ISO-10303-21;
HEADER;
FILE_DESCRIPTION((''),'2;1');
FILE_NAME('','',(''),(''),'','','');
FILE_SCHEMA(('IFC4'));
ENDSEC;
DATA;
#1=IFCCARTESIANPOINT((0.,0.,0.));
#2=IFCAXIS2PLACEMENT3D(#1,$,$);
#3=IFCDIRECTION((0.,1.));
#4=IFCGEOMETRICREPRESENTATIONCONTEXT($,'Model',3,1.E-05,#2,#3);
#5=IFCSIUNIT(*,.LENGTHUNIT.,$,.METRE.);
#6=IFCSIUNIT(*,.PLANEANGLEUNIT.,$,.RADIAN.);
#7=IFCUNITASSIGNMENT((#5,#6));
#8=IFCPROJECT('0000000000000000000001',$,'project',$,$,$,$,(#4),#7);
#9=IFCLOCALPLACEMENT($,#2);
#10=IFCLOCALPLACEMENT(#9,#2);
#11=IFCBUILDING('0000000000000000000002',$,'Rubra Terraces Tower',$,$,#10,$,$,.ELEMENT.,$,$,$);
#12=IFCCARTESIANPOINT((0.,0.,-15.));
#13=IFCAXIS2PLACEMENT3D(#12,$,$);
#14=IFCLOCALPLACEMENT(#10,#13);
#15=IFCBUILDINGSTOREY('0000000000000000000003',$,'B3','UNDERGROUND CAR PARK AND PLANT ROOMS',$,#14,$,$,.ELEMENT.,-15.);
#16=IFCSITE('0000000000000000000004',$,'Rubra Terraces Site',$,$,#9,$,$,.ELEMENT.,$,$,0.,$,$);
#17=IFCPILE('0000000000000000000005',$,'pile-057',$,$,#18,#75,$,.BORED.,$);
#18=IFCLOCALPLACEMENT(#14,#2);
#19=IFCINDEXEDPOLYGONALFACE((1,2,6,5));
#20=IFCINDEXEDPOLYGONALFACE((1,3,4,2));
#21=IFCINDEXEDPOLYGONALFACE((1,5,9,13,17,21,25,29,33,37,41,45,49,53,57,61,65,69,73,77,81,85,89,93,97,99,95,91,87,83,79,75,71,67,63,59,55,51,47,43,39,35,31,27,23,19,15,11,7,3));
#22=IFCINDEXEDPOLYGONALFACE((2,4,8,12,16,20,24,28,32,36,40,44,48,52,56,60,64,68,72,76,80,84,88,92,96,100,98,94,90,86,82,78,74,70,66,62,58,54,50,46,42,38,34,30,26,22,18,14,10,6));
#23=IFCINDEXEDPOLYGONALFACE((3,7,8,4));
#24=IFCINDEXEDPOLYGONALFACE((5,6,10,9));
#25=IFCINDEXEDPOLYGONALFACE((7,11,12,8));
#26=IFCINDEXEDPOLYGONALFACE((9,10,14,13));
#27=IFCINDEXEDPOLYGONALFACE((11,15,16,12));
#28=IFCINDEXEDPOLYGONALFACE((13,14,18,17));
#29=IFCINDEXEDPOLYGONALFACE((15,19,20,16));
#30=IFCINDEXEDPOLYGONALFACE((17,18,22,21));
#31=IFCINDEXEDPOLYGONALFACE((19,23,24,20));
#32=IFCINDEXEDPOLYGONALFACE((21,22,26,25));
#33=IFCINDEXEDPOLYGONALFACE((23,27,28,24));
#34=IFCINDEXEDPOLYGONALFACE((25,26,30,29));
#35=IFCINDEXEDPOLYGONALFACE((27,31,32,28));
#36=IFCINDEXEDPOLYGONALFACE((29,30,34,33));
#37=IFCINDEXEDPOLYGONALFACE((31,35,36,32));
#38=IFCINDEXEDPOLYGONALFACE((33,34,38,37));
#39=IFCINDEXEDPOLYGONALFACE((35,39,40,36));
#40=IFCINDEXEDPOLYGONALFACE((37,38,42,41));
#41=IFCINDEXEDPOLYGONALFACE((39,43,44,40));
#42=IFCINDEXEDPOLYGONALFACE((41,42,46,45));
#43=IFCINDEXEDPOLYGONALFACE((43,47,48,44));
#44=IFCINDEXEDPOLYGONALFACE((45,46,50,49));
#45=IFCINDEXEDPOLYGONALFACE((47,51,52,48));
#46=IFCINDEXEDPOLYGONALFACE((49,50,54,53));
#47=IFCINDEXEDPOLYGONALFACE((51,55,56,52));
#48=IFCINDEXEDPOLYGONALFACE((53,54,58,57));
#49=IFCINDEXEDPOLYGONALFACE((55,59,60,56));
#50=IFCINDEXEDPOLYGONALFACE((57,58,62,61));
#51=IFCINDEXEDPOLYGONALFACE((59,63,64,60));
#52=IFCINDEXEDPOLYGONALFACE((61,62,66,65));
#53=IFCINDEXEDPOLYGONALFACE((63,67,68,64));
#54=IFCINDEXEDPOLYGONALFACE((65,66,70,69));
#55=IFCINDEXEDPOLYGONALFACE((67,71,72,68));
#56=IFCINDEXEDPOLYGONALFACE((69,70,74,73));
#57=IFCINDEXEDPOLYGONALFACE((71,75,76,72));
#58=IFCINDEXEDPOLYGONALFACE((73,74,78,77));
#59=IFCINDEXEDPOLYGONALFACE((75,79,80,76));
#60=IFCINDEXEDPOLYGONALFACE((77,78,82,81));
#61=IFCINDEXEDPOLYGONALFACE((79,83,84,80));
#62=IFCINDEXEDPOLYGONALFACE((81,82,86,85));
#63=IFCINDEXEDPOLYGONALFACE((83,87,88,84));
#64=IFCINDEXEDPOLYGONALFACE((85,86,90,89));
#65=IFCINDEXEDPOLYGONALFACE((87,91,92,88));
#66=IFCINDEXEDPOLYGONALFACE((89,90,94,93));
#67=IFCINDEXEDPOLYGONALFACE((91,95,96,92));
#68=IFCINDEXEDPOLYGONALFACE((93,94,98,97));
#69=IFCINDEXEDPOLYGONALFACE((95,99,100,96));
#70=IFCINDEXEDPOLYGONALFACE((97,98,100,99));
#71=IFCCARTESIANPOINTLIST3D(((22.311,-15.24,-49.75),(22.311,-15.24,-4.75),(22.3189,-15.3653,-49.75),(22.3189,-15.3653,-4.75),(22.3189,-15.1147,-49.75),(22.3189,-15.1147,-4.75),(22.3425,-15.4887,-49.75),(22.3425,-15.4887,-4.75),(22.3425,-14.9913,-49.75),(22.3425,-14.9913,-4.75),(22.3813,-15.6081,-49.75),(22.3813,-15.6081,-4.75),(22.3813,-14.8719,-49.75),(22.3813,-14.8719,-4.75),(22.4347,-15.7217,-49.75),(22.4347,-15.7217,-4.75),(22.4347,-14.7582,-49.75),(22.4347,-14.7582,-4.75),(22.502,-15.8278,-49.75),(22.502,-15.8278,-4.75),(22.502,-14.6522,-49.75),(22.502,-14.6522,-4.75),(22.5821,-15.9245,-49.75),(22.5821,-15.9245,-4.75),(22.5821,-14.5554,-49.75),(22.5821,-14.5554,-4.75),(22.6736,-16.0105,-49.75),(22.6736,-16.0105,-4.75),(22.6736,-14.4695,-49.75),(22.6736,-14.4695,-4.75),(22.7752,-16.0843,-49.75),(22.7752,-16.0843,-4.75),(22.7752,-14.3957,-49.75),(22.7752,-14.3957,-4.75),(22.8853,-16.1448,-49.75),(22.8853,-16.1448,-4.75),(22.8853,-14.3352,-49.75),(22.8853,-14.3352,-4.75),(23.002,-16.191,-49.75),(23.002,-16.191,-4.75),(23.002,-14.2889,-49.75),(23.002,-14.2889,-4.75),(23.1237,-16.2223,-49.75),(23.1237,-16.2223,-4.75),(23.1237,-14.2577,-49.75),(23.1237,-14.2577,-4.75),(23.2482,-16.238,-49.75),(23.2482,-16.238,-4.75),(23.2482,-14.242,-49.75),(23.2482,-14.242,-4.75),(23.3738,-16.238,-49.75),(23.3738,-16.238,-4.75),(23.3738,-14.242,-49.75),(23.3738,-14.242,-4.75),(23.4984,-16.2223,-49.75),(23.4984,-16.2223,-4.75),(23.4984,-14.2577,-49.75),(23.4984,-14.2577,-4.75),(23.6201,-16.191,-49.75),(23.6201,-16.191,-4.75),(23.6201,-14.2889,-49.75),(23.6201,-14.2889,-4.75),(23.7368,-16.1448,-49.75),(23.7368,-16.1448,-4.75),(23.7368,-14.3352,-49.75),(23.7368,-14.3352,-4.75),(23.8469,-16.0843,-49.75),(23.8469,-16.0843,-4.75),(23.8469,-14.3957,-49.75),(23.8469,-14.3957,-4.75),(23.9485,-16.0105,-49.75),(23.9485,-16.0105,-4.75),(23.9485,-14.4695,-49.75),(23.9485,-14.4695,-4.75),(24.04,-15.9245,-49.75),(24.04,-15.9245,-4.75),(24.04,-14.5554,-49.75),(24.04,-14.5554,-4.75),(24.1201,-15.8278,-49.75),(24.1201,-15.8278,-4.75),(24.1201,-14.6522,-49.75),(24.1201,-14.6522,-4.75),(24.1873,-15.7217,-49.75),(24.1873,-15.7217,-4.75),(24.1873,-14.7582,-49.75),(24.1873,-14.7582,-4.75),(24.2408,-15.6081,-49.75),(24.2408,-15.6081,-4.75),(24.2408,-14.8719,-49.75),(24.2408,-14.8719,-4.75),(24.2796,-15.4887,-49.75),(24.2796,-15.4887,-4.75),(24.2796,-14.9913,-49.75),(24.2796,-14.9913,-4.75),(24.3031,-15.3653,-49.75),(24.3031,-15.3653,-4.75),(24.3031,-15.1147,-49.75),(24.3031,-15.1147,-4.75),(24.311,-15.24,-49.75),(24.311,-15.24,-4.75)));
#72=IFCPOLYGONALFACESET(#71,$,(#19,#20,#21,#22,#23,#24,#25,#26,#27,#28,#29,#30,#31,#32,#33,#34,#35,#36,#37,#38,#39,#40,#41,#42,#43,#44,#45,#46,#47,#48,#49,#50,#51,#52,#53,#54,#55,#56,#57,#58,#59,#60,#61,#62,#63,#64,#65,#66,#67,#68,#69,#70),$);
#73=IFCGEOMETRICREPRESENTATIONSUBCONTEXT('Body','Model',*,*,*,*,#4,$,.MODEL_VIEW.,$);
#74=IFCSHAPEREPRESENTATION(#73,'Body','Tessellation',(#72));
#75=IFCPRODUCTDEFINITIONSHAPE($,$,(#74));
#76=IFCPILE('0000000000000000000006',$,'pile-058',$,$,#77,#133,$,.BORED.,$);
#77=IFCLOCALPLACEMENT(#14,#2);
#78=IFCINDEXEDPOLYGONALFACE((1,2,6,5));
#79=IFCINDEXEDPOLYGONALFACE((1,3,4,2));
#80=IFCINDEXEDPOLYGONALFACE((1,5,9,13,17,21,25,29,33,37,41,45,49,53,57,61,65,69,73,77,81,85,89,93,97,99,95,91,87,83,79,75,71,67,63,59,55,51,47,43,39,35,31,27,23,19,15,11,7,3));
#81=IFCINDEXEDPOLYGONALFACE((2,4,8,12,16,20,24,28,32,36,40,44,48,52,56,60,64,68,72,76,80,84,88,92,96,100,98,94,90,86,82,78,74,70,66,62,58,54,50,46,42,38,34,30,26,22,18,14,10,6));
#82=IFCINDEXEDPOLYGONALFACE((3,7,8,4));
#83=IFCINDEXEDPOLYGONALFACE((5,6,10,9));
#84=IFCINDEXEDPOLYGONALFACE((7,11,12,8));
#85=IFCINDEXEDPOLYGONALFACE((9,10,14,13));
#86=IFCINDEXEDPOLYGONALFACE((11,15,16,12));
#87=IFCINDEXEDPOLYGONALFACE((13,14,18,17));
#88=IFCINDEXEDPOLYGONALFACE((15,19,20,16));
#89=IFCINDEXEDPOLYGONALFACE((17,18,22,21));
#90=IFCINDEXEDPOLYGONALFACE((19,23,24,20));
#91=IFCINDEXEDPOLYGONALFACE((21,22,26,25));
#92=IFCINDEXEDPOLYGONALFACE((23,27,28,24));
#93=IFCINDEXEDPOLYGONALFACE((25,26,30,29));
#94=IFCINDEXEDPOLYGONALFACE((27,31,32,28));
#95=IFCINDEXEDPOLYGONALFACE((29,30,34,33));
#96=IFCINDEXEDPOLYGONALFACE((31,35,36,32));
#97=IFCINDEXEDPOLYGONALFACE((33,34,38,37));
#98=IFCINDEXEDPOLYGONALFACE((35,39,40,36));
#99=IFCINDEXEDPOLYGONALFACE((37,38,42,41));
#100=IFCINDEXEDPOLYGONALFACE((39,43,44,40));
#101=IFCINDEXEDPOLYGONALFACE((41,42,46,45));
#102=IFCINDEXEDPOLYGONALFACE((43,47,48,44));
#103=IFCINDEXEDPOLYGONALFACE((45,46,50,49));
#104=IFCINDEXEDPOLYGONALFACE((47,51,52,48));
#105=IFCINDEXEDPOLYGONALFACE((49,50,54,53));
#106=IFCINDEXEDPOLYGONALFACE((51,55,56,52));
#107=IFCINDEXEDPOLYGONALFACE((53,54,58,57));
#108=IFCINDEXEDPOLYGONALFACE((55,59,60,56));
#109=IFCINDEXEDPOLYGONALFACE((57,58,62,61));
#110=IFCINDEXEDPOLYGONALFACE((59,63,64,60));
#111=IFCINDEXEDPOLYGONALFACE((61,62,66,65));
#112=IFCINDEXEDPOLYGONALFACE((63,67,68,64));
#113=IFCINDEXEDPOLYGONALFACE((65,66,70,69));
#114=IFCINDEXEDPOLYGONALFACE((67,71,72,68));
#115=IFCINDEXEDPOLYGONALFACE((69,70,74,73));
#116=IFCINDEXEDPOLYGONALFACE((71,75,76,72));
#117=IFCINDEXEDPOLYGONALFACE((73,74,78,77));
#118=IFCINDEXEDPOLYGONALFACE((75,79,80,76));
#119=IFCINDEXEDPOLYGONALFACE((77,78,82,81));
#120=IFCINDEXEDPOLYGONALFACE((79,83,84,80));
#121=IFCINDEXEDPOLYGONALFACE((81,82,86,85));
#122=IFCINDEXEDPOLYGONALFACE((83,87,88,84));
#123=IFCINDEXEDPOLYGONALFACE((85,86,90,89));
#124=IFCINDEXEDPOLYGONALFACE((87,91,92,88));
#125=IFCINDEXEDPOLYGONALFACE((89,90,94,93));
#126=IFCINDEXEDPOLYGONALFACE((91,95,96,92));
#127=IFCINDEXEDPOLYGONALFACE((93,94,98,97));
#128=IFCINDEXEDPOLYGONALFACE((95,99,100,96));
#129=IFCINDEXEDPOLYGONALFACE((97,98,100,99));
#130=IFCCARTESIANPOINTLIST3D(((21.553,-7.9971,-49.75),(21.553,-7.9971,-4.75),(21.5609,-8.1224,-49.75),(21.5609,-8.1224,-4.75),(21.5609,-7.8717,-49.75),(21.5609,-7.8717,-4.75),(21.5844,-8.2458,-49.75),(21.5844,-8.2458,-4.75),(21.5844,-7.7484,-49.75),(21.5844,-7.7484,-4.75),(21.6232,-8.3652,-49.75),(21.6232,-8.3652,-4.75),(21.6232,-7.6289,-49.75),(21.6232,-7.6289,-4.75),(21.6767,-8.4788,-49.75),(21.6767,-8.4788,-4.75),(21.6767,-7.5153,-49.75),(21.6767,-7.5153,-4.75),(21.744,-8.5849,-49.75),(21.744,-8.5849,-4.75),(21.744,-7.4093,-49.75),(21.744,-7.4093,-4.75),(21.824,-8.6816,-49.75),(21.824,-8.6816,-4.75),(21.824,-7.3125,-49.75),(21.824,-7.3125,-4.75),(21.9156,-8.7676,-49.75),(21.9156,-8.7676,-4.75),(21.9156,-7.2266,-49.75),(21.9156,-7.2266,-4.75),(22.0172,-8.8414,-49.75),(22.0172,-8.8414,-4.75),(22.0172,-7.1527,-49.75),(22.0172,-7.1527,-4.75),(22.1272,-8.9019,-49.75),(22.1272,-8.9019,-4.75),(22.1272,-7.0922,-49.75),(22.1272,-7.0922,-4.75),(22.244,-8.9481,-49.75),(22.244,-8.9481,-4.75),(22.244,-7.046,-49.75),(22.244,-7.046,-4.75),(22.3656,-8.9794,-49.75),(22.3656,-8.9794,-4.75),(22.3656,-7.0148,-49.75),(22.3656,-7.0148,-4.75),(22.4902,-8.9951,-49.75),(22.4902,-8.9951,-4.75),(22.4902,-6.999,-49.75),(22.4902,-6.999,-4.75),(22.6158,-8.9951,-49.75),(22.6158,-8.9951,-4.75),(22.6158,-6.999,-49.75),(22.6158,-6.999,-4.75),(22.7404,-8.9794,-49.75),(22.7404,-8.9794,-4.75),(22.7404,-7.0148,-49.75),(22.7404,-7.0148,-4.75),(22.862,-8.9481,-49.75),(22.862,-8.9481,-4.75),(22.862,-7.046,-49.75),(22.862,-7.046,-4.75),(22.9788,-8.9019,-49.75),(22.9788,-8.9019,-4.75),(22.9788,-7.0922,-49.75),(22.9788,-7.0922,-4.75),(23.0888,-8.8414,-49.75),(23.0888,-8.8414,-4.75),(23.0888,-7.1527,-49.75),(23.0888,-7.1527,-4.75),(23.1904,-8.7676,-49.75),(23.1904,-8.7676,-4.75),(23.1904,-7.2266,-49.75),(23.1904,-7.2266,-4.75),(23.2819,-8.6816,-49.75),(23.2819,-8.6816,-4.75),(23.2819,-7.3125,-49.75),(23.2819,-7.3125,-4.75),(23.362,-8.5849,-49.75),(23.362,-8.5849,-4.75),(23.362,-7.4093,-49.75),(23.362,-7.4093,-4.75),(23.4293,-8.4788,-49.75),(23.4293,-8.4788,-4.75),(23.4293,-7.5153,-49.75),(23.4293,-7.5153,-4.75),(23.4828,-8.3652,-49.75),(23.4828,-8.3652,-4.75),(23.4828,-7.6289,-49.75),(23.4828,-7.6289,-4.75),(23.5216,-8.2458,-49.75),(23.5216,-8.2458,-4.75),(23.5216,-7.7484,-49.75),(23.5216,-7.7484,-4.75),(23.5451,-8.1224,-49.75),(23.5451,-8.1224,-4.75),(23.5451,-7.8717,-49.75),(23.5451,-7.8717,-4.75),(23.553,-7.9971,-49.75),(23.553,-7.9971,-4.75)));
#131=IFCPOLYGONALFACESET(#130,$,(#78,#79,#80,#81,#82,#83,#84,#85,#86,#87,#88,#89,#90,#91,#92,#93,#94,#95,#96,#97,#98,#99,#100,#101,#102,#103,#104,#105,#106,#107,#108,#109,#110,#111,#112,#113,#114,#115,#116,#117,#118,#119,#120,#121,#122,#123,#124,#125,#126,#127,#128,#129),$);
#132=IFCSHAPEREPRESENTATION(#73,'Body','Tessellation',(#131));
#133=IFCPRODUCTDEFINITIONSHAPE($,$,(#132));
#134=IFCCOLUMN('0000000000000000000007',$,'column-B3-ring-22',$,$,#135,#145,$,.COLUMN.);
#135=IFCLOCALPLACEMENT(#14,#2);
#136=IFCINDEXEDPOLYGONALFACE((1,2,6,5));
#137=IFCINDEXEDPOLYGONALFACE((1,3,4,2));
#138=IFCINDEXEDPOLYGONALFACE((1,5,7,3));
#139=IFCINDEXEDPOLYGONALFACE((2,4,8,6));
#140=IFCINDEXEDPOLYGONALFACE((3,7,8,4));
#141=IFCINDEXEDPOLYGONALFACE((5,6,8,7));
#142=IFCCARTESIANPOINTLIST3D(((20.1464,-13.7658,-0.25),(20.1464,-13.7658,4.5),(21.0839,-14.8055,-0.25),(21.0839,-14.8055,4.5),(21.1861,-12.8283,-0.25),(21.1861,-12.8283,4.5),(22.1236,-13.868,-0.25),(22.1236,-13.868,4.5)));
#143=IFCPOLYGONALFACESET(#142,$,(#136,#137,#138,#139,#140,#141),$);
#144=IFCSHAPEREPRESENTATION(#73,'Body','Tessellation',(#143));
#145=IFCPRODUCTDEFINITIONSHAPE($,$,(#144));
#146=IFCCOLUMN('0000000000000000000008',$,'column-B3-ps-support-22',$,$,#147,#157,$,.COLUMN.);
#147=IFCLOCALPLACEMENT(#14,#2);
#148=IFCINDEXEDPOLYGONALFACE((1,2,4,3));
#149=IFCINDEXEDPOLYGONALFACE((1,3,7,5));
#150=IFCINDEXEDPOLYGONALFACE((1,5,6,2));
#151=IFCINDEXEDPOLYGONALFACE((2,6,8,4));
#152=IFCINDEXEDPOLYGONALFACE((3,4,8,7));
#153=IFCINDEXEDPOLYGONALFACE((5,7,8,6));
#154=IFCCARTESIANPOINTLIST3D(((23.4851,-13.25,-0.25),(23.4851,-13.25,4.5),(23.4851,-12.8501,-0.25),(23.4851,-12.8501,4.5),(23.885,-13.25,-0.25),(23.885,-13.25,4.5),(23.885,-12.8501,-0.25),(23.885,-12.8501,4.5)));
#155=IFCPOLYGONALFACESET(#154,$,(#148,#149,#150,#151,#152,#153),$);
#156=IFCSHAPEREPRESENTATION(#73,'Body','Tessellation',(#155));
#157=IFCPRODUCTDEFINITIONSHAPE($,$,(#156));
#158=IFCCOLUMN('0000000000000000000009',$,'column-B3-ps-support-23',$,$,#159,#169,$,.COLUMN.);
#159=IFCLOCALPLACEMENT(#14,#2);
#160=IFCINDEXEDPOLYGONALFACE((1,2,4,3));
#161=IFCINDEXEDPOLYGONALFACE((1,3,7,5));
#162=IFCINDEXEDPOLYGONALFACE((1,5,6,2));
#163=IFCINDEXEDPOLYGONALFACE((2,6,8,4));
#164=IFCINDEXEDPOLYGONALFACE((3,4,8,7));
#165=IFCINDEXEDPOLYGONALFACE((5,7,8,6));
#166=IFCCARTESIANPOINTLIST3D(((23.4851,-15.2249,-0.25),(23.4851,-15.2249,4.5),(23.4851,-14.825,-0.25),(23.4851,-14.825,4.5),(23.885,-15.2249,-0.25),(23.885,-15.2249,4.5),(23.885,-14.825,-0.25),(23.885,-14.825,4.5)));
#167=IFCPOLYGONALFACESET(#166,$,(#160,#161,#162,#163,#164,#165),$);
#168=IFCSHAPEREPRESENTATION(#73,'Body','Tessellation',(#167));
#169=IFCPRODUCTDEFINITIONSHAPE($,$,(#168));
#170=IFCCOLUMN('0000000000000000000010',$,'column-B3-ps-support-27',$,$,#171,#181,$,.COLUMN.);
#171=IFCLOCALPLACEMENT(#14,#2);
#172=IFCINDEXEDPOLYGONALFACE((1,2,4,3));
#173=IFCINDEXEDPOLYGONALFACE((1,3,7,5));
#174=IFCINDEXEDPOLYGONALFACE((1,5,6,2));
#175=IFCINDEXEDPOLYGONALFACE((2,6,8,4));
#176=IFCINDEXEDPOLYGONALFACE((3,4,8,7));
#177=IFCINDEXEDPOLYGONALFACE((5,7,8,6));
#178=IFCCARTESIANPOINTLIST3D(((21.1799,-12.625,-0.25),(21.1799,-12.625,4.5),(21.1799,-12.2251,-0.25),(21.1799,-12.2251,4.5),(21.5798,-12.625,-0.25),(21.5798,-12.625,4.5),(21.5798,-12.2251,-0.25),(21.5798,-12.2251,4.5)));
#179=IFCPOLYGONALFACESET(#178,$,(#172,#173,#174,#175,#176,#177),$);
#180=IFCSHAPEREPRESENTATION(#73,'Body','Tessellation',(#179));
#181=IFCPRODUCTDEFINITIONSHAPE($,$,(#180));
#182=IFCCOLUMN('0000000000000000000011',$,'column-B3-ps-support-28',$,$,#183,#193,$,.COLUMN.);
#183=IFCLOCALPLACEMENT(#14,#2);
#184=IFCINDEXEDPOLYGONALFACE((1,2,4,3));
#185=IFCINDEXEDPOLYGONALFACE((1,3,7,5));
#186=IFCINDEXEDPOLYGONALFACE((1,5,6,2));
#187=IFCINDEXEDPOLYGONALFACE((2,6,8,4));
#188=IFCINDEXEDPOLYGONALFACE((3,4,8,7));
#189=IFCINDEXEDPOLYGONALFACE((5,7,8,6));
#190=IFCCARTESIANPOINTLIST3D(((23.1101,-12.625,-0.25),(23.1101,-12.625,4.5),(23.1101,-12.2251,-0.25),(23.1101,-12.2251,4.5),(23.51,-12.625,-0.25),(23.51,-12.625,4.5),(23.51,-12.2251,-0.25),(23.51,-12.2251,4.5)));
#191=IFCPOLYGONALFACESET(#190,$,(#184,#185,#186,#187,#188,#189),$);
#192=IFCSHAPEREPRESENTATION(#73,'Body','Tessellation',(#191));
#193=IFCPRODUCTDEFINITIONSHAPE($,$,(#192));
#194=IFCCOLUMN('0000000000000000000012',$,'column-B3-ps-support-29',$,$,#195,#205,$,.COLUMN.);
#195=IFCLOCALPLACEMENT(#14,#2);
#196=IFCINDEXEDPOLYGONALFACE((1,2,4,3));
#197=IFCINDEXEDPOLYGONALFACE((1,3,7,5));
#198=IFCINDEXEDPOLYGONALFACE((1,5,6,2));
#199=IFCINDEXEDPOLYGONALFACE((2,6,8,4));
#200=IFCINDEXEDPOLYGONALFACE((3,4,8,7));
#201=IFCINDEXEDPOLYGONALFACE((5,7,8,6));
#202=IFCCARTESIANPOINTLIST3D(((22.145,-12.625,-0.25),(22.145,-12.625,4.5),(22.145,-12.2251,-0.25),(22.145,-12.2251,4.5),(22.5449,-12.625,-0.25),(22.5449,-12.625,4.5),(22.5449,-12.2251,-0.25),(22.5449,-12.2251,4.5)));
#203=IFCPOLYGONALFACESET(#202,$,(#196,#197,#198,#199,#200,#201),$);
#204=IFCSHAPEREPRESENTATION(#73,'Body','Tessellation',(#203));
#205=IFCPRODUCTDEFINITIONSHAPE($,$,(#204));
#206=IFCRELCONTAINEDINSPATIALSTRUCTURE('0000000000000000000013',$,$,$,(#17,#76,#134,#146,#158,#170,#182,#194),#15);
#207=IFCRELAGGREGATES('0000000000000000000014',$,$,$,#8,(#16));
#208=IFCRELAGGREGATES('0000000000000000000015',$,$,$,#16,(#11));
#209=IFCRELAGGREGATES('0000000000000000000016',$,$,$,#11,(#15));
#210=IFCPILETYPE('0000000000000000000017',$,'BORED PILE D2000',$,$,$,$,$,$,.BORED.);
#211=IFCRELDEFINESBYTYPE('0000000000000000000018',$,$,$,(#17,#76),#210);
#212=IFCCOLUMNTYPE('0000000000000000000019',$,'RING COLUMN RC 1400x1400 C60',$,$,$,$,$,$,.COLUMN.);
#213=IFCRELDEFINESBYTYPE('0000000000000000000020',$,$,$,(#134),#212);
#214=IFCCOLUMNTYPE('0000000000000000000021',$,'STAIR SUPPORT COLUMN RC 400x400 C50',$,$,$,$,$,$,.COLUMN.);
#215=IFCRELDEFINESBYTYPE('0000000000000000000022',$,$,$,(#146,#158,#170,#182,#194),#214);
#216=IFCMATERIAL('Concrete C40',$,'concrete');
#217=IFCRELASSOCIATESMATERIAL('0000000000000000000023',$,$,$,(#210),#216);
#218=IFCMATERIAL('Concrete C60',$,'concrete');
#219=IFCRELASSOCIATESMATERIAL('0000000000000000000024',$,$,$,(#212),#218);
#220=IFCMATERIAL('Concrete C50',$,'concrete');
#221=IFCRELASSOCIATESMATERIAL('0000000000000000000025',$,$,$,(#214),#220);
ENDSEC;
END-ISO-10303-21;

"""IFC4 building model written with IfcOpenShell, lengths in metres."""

from ifc_helpers import new_model, si_unit, direction, frame, origin, origin_2d, place, context, subcontext, project, spatial, rectangle, circle, extrude, material, material_profile, profile_set, type_object, element, save


model = new_model("IFC4")

# Units and contexts
model_context = context("Model", 3, precision=1e-05, world=origin(), true_north=direction((0.0, 1.0)))
body_context = subcontext(model_context, "Body", "Model", "MODEL_VIEW")
ifc_project = project(units=[si_unit("LENGTHUNIT", "METRE"), si_unit("PLANEANGLEUNIT", "RADIAN")], contexts=[model_context])

# Site, building, storey
site_placement = place(None, origin())
site = spatial("IfcSite", under=ifc_project, at=site_placement, Name="Rubra Terraces Site", CompositionType="ELEMENT", RefElevation=0.0)
building_placement = place(site_placement, origin())
building = spatial("IfcBuilding", under=site, at=building_placement, Name="Rubra Terraces Tower", CompositionType="ELEMENT")
storey_placement = place(building_placement, frame((0.0, 0.0, -15.0)))
storey = spatial("IfcBuildingStorey", under=building, at=storey_placement, Name="B3", Description="UNDERGROUND CAR PARK AND PLANT ROOMS", CompositionType="ELEMENT", Elevation=-15.0)

# Piles
ifc_material_1 = material(Name="Concrete C40", Category="concrete")
ifc_material_profile_1 = material_profile(ifc_material_1, circle(Radius=1.0, at=origin_2d()), Name="BORED PILE D2000")
ifc_profile_set_1 = profile_set([ifc_material_profile_1], Name="Concrete C40")
pile_type = type_object("IfcPileType", Name="BORED PILE D2000", PredefinedType="BORED", material=ifc_profile_set_1)
for number, where, z_axis, x_axis, name in (
    (1, (23.311, -15.24, -4.75), (0.0, 0.0, -1.0), (1.0, 0.0, 0.0), "pile-057"),
    (2, (22.553, -7.9971, -4.75), (0.0, 0.0, -1.0), (1.0, 0.0, 0.0), "pile-058"),
):
    element("IfcPile", number, at=place(storey_placement, frame(where, z_axis=z_axis, x_axis=x_axis)), inside=storey, type_object=pile_type, Name=name, PredefinedType="BORED", context=body_context, shape_type="SweptSolid", body=[
        extrude(circle(Radius=1.0, at=origin_2d()), origin(), (0.0, 0.0, 1.0), 45.0),
    ])

# Columns
ifc_material_2 = material(Name="Concrete C60", Category="concrete")
ifc_material_profile_2 = material_profile(ifc_material_2, rectangle(XDim=1.3999, YDim=1.3999, at=origin_2d()), Name="RC 1400x1400")
ifc_profile_set_2 = profile_set([ifc_material_profile_2], Name="Concrete C60")
column_type_1 = type_object("IfcColumnType", Name="RING COLUMN RC 1400x1400 C60", PredefinedType="COLUMN", material=ifc_profile_set_2)
column_placement = place(storey_placement, frame((21.135, -13.8169, -0.25), z_axis=(0.0, 0.0, 1.0), x_axis=(0.742676, 0.669651, 0.0)))
element("IfcColumn", 3, at=column_placement, inside=storey, type_object=column_type_1, Name="column-B3-ring-22", PredefinedType="COLUMN", context=body_context, shape_type="SweptSolid", body=[
    extrude(rectangle(XDim=1.3999, YDim=1.3999, at=origin_2d()), origin(), (0.0, 0.0, 1.0), 4.75),
])
ifc_material_3 = material(Name="Concrete C50", Category="concrete")
ifc_material_profile_3 = material_profile(ifc_material_3, rectangle(XDim=0.3999, YDim=0.3999, at=origin_2d()), Name="RC 400x400")
ifc_profile_set_3 = profile_set([ifc_material_profile_3], Name="Concrete C50")
column_type_2 = type_object("IfcColumnType", Name="STAIR SUPPORT COLUMN RC 400x400 C50", PredefinedType="COLUMN", material=ifc_profile_set_3)
for number, where, z_axis, x_axis, name in (
    (4, (23.6851, -13.05, -0.25), (0.0, 0.0, 1.0), (1.0, 0.0, 0.0), "column-B3-ps-support-22"),
    (5, (23.6851, -15.0249, -0.25), (0.0, 0.0, 1.0), (1.0, 0.0, 0.0), "column-B3-ps-support-23"),
    (6, (21.3799, -12.425, -0.25), (0.0, 0.0, 1.0), (1.0, 0.0, 0.0), "column-B3-ps-support-27"),
    (7, (23.3101, -12.425, -0.25), (0.0, 0.0, 1.0), (1.0, 0.0, 0.0), "column-B3-ps-support-28"),
    (8, (22.345, -12.425, -0.25), (0.0, 0.0, 1.0), (1.0, 0.0, 0.0), "column-B3-ps-support-29"),
):
    element("IfcColumn", number, at=place(storey_placement, frame(where, z_axis=z_axis, x_axis=x_axis)), inside=storey, type_object=column_type_2, Name=name, PredefinedType="COLUMN", context=body_context, shape_type="SweptSolid", body=[
        extrude(rectangle(XDim=0.3999, YDim=0.3999, at=origin_2d()), origin(), (0.0, 0.0, 1.0), 4.75),
    ])

save(model, "model.ifc")
